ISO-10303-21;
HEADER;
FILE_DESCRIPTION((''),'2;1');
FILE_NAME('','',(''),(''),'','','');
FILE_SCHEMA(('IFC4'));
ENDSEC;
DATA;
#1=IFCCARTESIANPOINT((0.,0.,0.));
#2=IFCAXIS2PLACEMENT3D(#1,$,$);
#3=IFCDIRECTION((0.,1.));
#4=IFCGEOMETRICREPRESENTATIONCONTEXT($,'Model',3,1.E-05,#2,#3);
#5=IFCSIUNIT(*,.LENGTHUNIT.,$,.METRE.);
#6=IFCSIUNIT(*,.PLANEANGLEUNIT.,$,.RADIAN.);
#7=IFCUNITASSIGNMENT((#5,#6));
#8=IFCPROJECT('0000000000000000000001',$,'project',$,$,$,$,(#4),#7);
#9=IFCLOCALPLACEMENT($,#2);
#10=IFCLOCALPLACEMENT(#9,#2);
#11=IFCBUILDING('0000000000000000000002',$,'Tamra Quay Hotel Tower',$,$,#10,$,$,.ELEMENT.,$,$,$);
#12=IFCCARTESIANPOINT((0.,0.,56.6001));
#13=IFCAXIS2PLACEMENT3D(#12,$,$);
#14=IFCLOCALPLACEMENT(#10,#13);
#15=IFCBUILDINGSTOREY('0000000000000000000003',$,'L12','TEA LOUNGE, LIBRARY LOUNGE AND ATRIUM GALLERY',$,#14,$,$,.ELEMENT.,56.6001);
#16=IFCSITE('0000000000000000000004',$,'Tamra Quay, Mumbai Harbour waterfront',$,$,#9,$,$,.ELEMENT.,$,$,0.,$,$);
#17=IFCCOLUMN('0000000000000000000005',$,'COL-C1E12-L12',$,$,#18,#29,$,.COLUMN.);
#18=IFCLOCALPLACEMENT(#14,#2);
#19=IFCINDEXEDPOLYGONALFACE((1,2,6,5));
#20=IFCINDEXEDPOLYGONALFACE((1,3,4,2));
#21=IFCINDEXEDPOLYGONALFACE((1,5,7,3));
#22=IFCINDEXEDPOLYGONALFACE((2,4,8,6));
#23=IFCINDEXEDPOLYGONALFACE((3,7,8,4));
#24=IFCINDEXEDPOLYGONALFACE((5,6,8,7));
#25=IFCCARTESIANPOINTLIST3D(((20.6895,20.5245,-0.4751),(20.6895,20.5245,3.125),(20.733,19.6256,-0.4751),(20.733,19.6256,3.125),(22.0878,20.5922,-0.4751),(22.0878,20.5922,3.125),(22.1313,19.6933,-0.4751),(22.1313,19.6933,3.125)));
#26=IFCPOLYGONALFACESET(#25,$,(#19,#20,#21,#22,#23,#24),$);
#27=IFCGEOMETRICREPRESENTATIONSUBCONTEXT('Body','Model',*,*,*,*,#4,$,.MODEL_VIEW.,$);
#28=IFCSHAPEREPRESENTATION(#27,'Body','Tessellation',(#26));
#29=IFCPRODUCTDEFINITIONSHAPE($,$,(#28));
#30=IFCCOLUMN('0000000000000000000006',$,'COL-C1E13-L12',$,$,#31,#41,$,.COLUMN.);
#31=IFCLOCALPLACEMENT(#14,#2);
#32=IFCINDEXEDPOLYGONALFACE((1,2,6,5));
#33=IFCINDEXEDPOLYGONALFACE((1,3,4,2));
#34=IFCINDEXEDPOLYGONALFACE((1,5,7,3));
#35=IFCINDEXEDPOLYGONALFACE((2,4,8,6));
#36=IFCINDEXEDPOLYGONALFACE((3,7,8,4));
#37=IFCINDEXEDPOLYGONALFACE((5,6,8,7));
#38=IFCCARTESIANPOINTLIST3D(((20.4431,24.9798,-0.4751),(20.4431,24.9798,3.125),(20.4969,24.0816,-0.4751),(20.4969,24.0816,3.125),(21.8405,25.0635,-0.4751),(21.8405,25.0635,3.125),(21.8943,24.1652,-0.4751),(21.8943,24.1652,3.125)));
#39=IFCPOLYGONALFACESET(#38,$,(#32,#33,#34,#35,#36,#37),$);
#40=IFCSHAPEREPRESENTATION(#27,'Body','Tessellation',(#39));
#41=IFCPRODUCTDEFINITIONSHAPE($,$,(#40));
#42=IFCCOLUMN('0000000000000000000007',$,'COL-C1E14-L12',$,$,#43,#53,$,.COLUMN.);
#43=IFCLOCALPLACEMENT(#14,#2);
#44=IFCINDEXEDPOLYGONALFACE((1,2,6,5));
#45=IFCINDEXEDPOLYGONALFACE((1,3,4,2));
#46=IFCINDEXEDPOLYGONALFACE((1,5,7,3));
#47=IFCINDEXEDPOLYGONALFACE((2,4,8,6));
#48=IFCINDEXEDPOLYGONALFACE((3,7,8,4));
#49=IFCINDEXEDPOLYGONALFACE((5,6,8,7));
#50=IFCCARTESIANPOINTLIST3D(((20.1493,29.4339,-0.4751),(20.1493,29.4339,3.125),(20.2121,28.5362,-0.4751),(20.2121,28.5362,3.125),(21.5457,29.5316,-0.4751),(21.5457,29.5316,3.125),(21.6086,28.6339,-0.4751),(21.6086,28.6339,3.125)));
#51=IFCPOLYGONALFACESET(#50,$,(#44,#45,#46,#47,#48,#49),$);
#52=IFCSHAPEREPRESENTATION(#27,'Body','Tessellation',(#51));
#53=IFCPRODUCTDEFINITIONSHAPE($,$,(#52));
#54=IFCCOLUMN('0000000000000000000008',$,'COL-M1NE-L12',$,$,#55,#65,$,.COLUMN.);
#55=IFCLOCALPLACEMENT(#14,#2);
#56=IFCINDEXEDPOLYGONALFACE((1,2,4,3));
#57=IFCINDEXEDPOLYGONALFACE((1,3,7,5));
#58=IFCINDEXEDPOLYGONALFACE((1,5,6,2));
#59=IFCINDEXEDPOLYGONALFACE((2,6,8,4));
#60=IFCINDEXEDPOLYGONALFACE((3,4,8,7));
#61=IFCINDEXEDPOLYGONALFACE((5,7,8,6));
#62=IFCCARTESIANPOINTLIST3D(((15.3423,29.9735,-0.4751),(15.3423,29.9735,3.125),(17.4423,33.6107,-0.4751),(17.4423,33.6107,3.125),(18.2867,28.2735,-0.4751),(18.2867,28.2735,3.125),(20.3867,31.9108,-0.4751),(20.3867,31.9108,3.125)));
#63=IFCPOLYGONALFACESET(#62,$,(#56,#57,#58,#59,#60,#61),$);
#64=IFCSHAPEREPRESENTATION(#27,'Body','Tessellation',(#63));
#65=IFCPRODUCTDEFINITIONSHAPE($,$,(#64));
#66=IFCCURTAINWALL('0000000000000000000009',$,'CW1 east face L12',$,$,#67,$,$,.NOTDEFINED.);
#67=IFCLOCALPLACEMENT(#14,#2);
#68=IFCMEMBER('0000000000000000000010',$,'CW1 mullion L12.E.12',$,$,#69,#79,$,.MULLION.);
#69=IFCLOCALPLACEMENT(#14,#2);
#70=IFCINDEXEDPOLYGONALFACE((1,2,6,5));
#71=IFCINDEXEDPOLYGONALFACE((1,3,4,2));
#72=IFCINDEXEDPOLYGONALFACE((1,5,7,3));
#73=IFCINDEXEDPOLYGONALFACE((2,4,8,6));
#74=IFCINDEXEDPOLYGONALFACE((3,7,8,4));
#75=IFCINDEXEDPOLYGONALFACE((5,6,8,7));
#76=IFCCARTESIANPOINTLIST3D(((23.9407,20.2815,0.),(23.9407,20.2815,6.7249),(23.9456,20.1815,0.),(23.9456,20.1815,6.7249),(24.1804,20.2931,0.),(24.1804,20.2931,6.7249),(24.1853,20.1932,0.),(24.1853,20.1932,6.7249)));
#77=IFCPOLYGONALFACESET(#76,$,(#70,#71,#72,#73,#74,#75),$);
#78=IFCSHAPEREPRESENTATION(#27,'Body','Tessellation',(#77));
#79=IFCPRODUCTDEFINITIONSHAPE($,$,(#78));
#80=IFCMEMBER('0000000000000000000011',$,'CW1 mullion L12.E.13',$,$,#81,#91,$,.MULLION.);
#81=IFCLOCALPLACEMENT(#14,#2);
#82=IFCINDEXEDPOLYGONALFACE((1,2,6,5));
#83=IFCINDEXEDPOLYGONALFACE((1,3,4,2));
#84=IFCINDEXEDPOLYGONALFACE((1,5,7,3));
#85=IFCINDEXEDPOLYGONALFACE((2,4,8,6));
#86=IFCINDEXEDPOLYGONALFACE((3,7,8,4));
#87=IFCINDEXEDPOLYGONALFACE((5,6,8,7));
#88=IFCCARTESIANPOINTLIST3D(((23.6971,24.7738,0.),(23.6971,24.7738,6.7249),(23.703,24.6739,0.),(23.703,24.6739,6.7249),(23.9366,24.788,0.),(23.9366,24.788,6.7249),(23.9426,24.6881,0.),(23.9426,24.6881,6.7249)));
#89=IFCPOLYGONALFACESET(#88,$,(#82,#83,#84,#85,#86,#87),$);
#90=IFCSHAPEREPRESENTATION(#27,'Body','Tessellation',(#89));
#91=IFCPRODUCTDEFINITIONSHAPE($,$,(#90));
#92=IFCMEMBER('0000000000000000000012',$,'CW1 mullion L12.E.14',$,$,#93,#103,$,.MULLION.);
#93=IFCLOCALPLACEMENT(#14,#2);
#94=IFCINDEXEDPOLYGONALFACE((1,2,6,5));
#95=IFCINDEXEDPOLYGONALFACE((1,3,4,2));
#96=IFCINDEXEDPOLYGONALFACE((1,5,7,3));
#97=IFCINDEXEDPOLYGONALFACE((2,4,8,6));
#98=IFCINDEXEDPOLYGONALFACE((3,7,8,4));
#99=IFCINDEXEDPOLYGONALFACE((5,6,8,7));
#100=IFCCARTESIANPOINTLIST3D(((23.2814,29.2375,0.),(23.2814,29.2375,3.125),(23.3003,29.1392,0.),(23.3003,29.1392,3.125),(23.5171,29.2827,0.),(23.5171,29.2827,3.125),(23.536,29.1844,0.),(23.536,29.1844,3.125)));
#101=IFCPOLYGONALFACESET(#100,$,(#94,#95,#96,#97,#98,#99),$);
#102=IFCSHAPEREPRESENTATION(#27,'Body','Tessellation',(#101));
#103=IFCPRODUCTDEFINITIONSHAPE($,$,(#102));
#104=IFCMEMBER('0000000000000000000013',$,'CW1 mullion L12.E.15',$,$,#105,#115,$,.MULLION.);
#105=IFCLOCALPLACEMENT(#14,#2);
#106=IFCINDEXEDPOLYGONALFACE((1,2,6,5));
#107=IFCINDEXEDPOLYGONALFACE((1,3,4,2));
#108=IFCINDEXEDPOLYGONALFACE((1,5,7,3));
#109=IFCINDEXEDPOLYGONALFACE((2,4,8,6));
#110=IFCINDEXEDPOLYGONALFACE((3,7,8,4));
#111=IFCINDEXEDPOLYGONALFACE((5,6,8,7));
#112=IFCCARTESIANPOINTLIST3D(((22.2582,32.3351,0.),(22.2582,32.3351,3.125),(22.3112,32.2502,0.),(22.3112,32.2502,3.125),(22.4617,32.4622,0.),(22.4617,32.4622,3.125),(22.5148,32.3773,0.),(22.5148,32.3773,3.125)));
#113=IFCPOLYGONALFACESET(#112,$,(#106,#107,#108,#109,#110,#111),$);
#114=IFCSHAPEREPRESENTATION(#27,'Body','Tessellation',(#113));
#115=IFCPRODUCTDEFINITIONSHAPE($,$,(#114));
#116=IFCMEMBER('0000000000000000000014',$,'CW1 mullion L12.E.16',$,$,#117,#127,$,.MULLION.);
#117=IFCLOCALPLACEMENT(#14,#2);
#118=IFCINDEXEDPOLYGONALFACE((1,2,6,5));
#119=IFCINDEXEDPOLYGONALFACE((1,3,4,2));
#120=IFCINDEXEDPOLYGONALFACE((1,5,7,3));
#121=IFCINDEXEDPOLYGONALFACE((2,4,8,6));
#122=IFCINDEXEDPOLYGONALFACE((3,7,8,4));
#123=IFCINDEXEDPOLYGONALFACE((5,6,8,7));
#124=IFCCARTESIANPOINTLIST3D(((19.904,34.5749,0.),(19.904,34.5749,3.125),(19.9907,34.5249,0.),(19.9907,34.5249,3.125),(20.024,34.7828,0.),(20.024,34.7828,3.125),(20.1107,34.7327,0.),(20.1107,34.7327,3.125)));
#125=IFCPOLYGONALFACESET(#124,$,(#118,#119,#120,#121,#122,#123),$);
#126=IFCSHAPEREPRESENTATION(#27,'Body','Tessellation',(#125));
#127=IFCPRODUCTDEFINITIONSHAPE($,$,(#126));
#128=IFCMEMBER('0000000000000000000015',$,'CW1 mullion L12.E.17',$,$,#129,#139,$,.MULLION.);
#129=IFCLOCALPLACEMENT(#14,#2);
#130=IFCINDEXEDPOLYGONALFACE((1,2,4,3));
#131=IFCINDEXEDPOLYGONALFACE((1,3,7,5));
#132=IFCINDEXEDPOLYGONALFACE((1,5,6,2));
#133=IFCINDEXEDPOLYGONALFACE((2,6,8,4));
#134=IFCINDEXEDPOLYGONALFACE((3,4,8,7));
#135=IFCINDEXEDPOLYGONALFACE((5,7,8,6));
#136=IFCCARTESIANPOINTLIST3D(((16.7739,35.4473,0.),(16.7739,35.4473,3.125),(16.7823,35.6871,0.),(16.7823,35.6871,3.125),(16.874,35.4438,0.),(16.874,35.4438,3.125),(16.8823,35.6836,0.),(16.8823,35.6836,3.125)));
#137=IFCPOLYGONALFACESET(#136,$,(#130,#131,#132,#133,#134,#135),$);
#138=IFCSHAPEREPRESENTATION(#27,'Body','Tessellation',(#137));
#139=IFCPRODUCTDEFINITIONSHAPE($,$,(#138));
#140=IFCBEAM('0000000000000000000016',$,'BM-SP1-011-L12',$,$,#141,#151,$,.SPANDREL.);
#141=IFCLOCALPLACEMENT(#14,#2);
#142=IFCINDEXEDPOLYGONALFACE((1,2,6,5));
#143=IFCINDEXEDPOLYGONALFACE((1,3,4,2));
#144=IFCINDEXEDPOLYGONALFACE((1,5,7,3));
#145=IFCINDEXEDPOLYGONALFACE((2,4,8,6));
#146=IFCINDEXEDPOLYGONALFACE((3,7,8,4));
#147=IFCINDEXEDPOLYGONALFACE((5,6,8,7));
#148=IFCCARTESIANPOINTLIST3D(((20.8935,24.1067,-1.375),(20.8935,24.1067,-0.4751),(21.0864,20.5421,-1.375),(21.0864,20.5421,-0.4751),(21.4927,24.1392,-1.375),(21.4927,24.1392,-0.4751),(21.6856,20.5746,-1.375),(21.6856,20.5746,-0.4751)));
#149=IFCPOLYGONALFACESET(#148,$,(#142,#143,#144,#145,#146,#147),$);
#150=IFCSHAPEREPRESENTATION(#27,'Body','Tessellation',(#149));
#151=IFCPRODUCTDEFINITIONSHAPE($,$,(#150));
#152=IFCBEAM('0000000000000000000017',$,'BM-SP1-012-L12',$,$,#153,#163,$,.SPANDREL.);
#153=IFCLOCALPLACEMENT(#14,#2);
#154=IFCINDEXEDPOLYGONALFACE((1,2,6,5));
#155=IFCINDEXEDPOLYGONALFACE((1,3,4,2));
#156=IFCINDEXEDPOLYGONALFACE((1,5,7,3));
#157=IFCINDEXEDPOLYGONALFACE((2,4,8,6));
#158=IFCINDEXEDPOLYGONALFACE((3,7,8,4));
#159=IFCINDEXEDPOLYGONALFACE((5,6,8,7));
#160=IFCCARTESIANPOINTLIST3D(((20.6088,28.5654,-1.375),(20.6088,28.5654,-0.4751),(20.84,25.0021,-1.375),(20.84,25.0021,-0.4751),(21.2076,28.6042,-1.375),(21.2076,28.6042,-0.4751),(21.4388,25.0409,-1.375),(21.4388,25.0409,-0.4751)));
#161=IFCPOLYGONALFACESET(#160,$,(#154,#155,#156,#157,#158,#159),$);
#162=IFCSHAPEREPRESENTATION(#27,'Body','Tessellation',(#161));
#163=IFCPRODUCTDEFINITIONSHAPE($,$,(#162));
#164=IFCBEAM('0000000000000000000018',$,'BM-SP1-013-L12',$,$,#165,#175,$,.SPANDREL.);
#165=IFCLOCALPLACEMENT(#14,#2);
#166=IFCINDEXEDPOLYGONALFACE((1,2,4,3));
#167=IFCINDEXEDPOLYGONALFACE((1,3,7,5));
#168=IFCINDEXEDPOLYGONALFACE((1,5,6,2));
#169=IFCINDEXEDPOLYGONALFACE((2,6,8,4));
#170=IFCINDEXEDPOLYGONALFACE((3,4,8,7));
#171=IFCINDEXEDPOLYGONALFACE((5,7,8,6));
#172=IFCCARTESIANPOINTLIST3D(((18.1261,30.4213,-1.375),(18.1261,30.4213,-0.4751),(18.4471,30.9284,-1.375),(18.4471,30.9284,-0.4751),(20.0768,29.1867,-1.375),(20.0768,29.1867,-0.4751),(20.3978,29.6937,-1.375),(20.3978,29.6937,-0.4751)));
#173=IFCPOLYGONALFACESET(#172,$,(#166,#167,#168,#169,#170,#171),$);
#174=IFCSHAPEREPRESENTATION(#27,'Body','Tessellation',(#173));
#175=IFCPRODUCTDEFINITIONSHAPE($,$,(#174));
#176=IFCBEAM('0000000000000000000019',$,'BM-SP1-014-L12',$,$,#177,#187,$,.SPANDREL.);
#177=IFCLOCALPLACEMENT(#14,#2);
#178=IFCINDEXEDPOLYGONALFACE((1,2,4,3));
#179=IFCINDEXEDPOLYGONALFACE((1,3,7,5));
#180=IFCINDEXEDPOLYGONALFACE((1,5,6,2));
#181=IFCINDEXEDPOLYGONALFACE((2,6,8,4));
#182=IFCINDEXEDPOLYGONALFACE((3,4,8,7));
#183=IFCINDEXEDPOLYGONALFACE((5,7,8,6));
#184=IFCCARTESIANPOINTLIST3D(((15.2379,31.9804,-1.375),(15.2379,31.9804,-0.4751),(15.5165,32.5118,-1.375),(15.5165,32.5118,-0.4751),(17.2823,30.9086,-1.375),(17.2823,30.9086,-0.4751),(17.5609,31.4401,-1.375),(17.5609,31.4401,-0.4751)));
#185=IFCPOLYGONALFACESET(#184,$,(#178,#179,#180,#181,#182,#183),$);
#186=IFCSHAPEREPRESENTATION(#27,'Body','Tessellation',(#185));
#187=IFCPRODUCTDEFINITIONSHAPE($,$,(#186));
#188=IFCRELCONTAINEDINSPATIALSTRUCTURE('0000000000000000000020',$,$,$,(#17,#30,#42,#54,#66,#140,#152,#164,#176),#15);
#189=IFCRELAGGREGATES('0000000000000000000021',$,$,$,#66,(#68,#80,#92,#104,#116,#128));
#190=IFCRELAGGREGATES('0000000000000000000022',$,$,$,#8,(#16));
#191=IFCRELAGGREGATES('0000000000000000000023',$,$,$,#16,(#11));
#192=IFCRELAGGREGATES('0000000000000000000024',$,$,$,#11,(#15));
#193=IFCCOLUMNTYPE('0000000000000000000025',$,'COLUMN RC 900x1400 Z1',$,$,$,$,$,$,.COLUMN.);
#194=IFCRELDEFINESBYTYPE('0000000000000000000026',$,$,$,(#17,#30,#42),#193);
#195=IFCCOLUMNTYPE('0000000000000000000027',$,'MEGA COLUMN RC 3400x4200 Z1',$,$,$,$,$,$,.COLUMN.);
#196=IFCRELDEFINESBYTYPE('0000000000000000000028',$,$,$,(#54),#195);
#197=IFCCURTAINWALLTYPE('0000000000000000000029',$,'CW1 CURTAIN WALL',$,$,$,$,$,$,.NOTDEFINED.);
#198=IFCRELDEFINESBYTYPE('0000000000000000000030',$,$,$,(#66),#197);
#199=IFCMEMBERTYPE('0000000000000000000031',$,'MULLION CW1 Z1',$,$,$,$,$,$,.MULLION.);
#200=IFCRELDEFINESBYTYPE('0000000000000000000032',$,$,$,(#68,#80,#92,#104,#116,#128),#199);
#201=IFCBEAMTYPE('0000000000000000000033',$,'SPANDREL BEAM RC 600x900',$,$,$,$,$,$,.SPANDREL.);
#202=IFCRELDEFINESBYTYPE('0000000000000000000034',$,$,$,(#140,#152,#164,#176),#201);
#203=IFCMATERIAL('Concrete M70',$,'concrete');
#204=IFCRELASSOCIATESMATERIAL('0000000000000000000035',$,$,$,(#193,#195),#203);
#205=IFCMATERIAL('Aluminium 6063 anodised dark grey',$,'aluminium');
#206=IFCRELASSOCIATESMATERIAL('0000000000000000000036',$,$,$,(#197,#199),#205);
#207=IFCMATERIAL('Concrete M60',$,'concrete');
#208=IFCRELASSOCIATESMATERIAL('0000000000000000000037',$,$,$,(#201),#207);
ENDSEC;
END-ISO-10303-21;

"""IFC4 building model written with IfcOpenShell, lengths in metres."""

from ifc_helpers import new_model, si_unit, direction, frame, origin, origin_2d, place, context, subcontext, project, spatial, rectangle, extrude, material, material_profile, profile_set, type_object, element, aggregate, save


model = new_model("IFC4")

# Units and contexts
model_context = context("Model", 3, precision=1e-05, world=origin(), true_north=direction((0.0, 1.0)))
body_context = subcontext(model_context, "Body", "Model", "MODEL_VIEW")
ifc_project = project(units=[si_unit("LENGTHUNIT", "METRE"), si_unit("PLANEANGLEUNIT", "RADIAN")], contexts=[model_context])

# Site, building, storey
site_placement = place(None, origin())
site = spatial("IfcSite", under=ifc_project, at=site_placement, Name="Tamra Quay, Mumbai Harbour waterfront", CompositionType="ELEMENT", RefElevation=0.0)
building_placement = place(site_placement, origin())
building = spatial("IfcBuilding", under=site, at=building_placement, Name="Tamra Quay Hotel Tower", CompositionType="ELEMENT")
storey_placement = place(building_placement, frame((0.0, 0.0, 56.6001)))
storey = spatial("IfcBuildingStorey", under=building, at=storey_placement, Name="L12", Description="TEA LOUNGE, LIBRARY LOUNGE AND ATRIUM GALLERY", CompositionType="ELEMENT", Elevation=56.6001)

# Columns
ifc_material_1 = material(Name="Concrete M70", Category="concrete")
ifc_material_profile_1 = material_profile(ifc_material_1, rectangle(XDim=1.3999, YDim=0.8999, at=origin_2d()), Name="COLUMN RC 900x1400 Z1")
ifc_profile_set_1 = profile_set([ifc_material_profile_1], Name="Concrete M70")
column_type_1 = type_object("IfcColumnType", Name="COLUMN RC 900x1400 Z1", PredefinedType="COLUMN", material=ifc_profile_set_1)
for number, where, z_axis, x_axis, name in (
    (1, (21.4104, 20.1089, -0.4751), (0.0, 0.0, 1.0), (0.998831, 0.048344, 0.0), "COL-C1E12-L12"),
    (2, (21.1687, 24.5725, -0.4751), (0.0, 0.0, 1.0), (0.998214, 0.059733, 0.0), "COL-C1E13-L12"),
    (3, (20.8789, 29.0339, -0.4751), (0.0, 0.0, 1.0), (0.997562, 0.06979, 0.0), "COL-C1E14-L12"),
):
    element("IfcColumn", number, at=place(storey_placement, frame(where, z_axis=z_axis, x_axis=x_axis)), inside=storey, type_object=column_type_1, Name=name, PredefinedType="COLUMN", context=body_context, shape_type="SweptSolid", body=[
        extrude(rectangle(XDim=1.3999, YDim=0.8999, at=origin_2d()), origin(), (0.0, 0.0, 1.0), 3.6001),
    ])
ifc_material_profile_2 = material_profile(ifc_material_1, rectangle(XDim=4.2, YDim=3.3999, at=origin_2d()), Name="MEGA COLUMN RC 3400x4200 Z1")
ifc_profile_set_2 = profile_set([ifc_material_profile_2], Name="Concrete M70")
column_type_2 = type_object("IfcColumnType", Name="MEGA COLUMN RC 3400x4200 Z1", PredefinedType="COLUMN", material=ifc_profile_set_2)
column_placement = place(storey_placement, frame((17.8645, 30.9421, -0.4751), z_axis=(0.0, 0.0, 1.0), x_axis=(0.5, 0.866025, 0.0)))
element("IfcColumn", 4, at=column_placement, inside=storey, type_object=column_type_2, Name="COL-M1NE-L12", PredefinedType="COLUMN", context=body_context, shape_type="SweptSolid", body=[
    extrude(rectangle(XDim=4.2, YDim=3.3999, at=origin_2d()), origin(), (0.0, 0.0, 1.0), 3.6001),
])

# Curtain wall, members
ifc_material_2 = material(Name="Aluminium 6063 anodised dark grey", Category="aluminium")
curtain_wall_type = type_object("IfcCurtainWallType", Name="CW1 CURTAIN WALL", PredefinedType="NOTDEFINED", material=ifc_material_2)
curtain_wall_placement = place(storey_placement, origin())
curtain_wall = element("IfcCurtainWall", 5, at=curtain_wall_placement, inside=storey, type_object=curtain_wall_type, Name="CW1 east face L12", PredefinedType="NOTDEFINED")
ifc_material_profile_3 = material_profile(ifc_material_2, rectangle(XDim=0.24, YDim=0.1001, at=origin_2d()), Name="MULLION 100X240")
ifc_profile_set_3 = profile_set([ifc_material_profile_3], Name="Aluminium 6063 anodised dark grey")
member_type_1 = type_object("IfcMemberType", Name="MULLION CW1 Z1", PredefinedType="MULLION", material=ifc_profile_set_3)
member_1_placement = place(storey_placement, frame((24.063, 20.2373, 0.0), z_axis=(0.0, 0.0, 1.0), x_axis=(0.998815, 0.048674, 0.0)))
member_1 = element("IfcMember", 6, at=member_1_placement, type_object=member_type_1, Name="CW1 mullion L12.E.12", PredefinedType="MULLION", context=body_context, shape_type="SweptSolid", body=[
    extrude(rectangle(XDim=0.24, YDim=0.1001, at=origin_2d()), origin(), (0.0, 0.0, 1.0), 6.7249),
])
member_2_placement = place(storey_placement, frame((23.8198, 24.731, 0.0), z_axis=(0.0, 0.0, 1.0), x_axis=(0.998232, 0.059438, 0.0)))
member_2 = element("IfcMember", 7, at=member_2_placement, type_object=member_type_1, Name="CW1 mullion L12.E.13", PredefinedType="MULLION", context=body_context, shape_type="SweptSolid", body=[
    extrude(rectangle(XDim=0.24, YDim=0.1001, at=origin_2d()), origin(), (0.0, 0.0, 1.0), 6.7249),
])
member_3_placement = place(storey_placement, frame((23.4087, 29.2109, 0.0), z_axis=(0.0, 0.0, 1.0), x_axis=(0.982095, 0.188389, 0.0)))
member_3 = element("IfcMember", 8, at=member_3_placement, type_object=member_type_1, Name="CW1 mullion L12.E.14", PredefinedType="MULLION", context=body_context, shape_type="SweptSolid", body=[
    extrude(rectangle(XDim=0.24, YDim=0.1001, at=origin_2d()), origin(), (0.0, 0.0, 1.0), 3.125),
])
member_4_placement = place(storey_placement, frame((22.3865, 32.3562, 0.0), z_axis=(0.0, 0.0, 1.0), x_axis=(0.848039, 0.529933, 0.0)))
member_4 = element("IfcMember", 9, at=member_4_placement, type_object=member_type_1, Name="CW1 mullion L12.E.15", PredefinedType="MULLION", context=body_context, shape_type="SweptSolid", body=[
    extrude(rectangle(XDim=0.24, YDim=0.1001, at=origin_2d()), origin(), (0.0, 0.0, 1.0), 3.125),
])
member_5_placement = place(storey_placement, frame((20.0073, 34.6538, 0.0), z_axis=(0.0, 0.0, 1.0), x_axis=(0.5, 0.866025, 0.0)))
member_5 = element("IfcMember", 10, at=member_5_placement, type_object=member_type_1, Name="CW1 mullion L12.E.16", PredefinedType="MULLION", context=body_context, shape_type="SweptSolid", body=[
    extrude(rectangle(XDim=0.24, YDim=0.1001, at=origin_2d()), origin(), (0.0, 0.0, 1.0), 3.125),
])
member_6_placement = place(storey_placement, frame((16.8281, 35.5654, 0.0), z_axis=(0.0, 0.0, 1.0), x_axis=(0.034916, 0.99939, 0.0)))
member_6 = element("IfcMember", 11, at=member_6_placement, type_object=member_type_1, Name="CW1 mullion L12.E.17", PredefinedType="MULLION", context=body_context, shape_type="SweptSolid", body=[
    extrude(rectangle(XDim=0.24, YDim=0.1001, at=origin_2d()), origin(), (0.0, 0.0, 1.0), 3.125),
])

# Beams
ifc_material_3 = material(Name="Concrete M60", Category="concrete")
ifc_material_profile_4 = material_profile(ifc_material_3, rectangle(XDim=0.6001, YDim=0.8999, at=origin_2d()), Name="SPANDREL BEAM RC 600x900")
ifc_profile_set_4 = profile_set([ifc_material_profile_4], Name="Concrete M60")
beam_type = type_object("IfcBeamType", Name="SPANDREL BEAM RC 600x900", PredefinedType="SPANDREL", material=ifc_profile_set_4)
beam_1_placement = place(storey_placement, frame((21.386, 20.5583, -0.925), z_axis=(-0.054027, 0.998539, 0.0), x_axis=(-0.998539, -0.054027, 0.0)))
element("IfcBeam", 12, at=beam_1_placement, inside=storey, type_object=beam_type, Name="BM-SP1-011-L12", PredefinedType="SPANDREL", context=body_context, shape_type="SweptSolid", body=[
    extrude(rectangle(XDim=0.6001, YDim=0.8999, at=origin_2d()), origin(), (0.0, 0.0, 1.0), 3.5698),
])
beam_2_placement = place(storey_placement, frame((21.1394, 25.0215, -0.925), z_axis=(-0.064749, 0.997902, 0.0), x_axis=(-0.997902, -0.064749, 0.0)))
element("IfcBeam", 13, at=beam_2_placement, inside=storey, type_object=beam_type, Name="BM-SP1-012-L12", PredefinedType="SPANDREL", context=body_context, shape_type="SweptSolid", body=[
    extrude(rectangle(XDim=0.6001, YDim=0.8999, at=origin_2d()), origin(), (0.0, 0.0, 1.0), 3.5708),
])
beam_3_placement = place(storey_placement, frame((20.2373, 29.4402, -0.925), z_axis=(-0.844978, 0.5348, 0.0), x_axis=(-0.5348, -0.844978, 0.0)))
element("IfcBeam", 14, at=beam_3_placement, inside=storey, type_object=beam_type, Name="BM-SP1-013-L12", PredefinedType="SPANDREL", context=body_context, shape_type="SweptSolid", body=[
    extrude(rectangle(XDim=0.6001, YDim=0.8999, at=origin_2d()), origin(), (0.0, 0.0, 1.0), 2.3086),
])
beam_4_placement = place(storey_placement, frame((17.4216, 31.1743, -0.925), z_axis=(-0.885674, 0.464307, 0.0), x_axis=(-0.464307, -0.885674, 0.0)))
element("IfcBeam", 15, at=beam_4_placement, inside=storey, type_object=beam_type, Name="BM-SP1-014-L12", PredefinedType="SPANDREL", context=body_context, shape_type="SweptSolid", body=[
    extrude(rectangle(XDim=0.6001, YDim=0.8999, at=origin_2d()), origin(), (0.0, 0.0, 1.0), 2.3083),
])

aggregate(curtain_wall, [member_1, member_2, member_3, member_4, member_5, member_6])

save(model, "model.ifc")
